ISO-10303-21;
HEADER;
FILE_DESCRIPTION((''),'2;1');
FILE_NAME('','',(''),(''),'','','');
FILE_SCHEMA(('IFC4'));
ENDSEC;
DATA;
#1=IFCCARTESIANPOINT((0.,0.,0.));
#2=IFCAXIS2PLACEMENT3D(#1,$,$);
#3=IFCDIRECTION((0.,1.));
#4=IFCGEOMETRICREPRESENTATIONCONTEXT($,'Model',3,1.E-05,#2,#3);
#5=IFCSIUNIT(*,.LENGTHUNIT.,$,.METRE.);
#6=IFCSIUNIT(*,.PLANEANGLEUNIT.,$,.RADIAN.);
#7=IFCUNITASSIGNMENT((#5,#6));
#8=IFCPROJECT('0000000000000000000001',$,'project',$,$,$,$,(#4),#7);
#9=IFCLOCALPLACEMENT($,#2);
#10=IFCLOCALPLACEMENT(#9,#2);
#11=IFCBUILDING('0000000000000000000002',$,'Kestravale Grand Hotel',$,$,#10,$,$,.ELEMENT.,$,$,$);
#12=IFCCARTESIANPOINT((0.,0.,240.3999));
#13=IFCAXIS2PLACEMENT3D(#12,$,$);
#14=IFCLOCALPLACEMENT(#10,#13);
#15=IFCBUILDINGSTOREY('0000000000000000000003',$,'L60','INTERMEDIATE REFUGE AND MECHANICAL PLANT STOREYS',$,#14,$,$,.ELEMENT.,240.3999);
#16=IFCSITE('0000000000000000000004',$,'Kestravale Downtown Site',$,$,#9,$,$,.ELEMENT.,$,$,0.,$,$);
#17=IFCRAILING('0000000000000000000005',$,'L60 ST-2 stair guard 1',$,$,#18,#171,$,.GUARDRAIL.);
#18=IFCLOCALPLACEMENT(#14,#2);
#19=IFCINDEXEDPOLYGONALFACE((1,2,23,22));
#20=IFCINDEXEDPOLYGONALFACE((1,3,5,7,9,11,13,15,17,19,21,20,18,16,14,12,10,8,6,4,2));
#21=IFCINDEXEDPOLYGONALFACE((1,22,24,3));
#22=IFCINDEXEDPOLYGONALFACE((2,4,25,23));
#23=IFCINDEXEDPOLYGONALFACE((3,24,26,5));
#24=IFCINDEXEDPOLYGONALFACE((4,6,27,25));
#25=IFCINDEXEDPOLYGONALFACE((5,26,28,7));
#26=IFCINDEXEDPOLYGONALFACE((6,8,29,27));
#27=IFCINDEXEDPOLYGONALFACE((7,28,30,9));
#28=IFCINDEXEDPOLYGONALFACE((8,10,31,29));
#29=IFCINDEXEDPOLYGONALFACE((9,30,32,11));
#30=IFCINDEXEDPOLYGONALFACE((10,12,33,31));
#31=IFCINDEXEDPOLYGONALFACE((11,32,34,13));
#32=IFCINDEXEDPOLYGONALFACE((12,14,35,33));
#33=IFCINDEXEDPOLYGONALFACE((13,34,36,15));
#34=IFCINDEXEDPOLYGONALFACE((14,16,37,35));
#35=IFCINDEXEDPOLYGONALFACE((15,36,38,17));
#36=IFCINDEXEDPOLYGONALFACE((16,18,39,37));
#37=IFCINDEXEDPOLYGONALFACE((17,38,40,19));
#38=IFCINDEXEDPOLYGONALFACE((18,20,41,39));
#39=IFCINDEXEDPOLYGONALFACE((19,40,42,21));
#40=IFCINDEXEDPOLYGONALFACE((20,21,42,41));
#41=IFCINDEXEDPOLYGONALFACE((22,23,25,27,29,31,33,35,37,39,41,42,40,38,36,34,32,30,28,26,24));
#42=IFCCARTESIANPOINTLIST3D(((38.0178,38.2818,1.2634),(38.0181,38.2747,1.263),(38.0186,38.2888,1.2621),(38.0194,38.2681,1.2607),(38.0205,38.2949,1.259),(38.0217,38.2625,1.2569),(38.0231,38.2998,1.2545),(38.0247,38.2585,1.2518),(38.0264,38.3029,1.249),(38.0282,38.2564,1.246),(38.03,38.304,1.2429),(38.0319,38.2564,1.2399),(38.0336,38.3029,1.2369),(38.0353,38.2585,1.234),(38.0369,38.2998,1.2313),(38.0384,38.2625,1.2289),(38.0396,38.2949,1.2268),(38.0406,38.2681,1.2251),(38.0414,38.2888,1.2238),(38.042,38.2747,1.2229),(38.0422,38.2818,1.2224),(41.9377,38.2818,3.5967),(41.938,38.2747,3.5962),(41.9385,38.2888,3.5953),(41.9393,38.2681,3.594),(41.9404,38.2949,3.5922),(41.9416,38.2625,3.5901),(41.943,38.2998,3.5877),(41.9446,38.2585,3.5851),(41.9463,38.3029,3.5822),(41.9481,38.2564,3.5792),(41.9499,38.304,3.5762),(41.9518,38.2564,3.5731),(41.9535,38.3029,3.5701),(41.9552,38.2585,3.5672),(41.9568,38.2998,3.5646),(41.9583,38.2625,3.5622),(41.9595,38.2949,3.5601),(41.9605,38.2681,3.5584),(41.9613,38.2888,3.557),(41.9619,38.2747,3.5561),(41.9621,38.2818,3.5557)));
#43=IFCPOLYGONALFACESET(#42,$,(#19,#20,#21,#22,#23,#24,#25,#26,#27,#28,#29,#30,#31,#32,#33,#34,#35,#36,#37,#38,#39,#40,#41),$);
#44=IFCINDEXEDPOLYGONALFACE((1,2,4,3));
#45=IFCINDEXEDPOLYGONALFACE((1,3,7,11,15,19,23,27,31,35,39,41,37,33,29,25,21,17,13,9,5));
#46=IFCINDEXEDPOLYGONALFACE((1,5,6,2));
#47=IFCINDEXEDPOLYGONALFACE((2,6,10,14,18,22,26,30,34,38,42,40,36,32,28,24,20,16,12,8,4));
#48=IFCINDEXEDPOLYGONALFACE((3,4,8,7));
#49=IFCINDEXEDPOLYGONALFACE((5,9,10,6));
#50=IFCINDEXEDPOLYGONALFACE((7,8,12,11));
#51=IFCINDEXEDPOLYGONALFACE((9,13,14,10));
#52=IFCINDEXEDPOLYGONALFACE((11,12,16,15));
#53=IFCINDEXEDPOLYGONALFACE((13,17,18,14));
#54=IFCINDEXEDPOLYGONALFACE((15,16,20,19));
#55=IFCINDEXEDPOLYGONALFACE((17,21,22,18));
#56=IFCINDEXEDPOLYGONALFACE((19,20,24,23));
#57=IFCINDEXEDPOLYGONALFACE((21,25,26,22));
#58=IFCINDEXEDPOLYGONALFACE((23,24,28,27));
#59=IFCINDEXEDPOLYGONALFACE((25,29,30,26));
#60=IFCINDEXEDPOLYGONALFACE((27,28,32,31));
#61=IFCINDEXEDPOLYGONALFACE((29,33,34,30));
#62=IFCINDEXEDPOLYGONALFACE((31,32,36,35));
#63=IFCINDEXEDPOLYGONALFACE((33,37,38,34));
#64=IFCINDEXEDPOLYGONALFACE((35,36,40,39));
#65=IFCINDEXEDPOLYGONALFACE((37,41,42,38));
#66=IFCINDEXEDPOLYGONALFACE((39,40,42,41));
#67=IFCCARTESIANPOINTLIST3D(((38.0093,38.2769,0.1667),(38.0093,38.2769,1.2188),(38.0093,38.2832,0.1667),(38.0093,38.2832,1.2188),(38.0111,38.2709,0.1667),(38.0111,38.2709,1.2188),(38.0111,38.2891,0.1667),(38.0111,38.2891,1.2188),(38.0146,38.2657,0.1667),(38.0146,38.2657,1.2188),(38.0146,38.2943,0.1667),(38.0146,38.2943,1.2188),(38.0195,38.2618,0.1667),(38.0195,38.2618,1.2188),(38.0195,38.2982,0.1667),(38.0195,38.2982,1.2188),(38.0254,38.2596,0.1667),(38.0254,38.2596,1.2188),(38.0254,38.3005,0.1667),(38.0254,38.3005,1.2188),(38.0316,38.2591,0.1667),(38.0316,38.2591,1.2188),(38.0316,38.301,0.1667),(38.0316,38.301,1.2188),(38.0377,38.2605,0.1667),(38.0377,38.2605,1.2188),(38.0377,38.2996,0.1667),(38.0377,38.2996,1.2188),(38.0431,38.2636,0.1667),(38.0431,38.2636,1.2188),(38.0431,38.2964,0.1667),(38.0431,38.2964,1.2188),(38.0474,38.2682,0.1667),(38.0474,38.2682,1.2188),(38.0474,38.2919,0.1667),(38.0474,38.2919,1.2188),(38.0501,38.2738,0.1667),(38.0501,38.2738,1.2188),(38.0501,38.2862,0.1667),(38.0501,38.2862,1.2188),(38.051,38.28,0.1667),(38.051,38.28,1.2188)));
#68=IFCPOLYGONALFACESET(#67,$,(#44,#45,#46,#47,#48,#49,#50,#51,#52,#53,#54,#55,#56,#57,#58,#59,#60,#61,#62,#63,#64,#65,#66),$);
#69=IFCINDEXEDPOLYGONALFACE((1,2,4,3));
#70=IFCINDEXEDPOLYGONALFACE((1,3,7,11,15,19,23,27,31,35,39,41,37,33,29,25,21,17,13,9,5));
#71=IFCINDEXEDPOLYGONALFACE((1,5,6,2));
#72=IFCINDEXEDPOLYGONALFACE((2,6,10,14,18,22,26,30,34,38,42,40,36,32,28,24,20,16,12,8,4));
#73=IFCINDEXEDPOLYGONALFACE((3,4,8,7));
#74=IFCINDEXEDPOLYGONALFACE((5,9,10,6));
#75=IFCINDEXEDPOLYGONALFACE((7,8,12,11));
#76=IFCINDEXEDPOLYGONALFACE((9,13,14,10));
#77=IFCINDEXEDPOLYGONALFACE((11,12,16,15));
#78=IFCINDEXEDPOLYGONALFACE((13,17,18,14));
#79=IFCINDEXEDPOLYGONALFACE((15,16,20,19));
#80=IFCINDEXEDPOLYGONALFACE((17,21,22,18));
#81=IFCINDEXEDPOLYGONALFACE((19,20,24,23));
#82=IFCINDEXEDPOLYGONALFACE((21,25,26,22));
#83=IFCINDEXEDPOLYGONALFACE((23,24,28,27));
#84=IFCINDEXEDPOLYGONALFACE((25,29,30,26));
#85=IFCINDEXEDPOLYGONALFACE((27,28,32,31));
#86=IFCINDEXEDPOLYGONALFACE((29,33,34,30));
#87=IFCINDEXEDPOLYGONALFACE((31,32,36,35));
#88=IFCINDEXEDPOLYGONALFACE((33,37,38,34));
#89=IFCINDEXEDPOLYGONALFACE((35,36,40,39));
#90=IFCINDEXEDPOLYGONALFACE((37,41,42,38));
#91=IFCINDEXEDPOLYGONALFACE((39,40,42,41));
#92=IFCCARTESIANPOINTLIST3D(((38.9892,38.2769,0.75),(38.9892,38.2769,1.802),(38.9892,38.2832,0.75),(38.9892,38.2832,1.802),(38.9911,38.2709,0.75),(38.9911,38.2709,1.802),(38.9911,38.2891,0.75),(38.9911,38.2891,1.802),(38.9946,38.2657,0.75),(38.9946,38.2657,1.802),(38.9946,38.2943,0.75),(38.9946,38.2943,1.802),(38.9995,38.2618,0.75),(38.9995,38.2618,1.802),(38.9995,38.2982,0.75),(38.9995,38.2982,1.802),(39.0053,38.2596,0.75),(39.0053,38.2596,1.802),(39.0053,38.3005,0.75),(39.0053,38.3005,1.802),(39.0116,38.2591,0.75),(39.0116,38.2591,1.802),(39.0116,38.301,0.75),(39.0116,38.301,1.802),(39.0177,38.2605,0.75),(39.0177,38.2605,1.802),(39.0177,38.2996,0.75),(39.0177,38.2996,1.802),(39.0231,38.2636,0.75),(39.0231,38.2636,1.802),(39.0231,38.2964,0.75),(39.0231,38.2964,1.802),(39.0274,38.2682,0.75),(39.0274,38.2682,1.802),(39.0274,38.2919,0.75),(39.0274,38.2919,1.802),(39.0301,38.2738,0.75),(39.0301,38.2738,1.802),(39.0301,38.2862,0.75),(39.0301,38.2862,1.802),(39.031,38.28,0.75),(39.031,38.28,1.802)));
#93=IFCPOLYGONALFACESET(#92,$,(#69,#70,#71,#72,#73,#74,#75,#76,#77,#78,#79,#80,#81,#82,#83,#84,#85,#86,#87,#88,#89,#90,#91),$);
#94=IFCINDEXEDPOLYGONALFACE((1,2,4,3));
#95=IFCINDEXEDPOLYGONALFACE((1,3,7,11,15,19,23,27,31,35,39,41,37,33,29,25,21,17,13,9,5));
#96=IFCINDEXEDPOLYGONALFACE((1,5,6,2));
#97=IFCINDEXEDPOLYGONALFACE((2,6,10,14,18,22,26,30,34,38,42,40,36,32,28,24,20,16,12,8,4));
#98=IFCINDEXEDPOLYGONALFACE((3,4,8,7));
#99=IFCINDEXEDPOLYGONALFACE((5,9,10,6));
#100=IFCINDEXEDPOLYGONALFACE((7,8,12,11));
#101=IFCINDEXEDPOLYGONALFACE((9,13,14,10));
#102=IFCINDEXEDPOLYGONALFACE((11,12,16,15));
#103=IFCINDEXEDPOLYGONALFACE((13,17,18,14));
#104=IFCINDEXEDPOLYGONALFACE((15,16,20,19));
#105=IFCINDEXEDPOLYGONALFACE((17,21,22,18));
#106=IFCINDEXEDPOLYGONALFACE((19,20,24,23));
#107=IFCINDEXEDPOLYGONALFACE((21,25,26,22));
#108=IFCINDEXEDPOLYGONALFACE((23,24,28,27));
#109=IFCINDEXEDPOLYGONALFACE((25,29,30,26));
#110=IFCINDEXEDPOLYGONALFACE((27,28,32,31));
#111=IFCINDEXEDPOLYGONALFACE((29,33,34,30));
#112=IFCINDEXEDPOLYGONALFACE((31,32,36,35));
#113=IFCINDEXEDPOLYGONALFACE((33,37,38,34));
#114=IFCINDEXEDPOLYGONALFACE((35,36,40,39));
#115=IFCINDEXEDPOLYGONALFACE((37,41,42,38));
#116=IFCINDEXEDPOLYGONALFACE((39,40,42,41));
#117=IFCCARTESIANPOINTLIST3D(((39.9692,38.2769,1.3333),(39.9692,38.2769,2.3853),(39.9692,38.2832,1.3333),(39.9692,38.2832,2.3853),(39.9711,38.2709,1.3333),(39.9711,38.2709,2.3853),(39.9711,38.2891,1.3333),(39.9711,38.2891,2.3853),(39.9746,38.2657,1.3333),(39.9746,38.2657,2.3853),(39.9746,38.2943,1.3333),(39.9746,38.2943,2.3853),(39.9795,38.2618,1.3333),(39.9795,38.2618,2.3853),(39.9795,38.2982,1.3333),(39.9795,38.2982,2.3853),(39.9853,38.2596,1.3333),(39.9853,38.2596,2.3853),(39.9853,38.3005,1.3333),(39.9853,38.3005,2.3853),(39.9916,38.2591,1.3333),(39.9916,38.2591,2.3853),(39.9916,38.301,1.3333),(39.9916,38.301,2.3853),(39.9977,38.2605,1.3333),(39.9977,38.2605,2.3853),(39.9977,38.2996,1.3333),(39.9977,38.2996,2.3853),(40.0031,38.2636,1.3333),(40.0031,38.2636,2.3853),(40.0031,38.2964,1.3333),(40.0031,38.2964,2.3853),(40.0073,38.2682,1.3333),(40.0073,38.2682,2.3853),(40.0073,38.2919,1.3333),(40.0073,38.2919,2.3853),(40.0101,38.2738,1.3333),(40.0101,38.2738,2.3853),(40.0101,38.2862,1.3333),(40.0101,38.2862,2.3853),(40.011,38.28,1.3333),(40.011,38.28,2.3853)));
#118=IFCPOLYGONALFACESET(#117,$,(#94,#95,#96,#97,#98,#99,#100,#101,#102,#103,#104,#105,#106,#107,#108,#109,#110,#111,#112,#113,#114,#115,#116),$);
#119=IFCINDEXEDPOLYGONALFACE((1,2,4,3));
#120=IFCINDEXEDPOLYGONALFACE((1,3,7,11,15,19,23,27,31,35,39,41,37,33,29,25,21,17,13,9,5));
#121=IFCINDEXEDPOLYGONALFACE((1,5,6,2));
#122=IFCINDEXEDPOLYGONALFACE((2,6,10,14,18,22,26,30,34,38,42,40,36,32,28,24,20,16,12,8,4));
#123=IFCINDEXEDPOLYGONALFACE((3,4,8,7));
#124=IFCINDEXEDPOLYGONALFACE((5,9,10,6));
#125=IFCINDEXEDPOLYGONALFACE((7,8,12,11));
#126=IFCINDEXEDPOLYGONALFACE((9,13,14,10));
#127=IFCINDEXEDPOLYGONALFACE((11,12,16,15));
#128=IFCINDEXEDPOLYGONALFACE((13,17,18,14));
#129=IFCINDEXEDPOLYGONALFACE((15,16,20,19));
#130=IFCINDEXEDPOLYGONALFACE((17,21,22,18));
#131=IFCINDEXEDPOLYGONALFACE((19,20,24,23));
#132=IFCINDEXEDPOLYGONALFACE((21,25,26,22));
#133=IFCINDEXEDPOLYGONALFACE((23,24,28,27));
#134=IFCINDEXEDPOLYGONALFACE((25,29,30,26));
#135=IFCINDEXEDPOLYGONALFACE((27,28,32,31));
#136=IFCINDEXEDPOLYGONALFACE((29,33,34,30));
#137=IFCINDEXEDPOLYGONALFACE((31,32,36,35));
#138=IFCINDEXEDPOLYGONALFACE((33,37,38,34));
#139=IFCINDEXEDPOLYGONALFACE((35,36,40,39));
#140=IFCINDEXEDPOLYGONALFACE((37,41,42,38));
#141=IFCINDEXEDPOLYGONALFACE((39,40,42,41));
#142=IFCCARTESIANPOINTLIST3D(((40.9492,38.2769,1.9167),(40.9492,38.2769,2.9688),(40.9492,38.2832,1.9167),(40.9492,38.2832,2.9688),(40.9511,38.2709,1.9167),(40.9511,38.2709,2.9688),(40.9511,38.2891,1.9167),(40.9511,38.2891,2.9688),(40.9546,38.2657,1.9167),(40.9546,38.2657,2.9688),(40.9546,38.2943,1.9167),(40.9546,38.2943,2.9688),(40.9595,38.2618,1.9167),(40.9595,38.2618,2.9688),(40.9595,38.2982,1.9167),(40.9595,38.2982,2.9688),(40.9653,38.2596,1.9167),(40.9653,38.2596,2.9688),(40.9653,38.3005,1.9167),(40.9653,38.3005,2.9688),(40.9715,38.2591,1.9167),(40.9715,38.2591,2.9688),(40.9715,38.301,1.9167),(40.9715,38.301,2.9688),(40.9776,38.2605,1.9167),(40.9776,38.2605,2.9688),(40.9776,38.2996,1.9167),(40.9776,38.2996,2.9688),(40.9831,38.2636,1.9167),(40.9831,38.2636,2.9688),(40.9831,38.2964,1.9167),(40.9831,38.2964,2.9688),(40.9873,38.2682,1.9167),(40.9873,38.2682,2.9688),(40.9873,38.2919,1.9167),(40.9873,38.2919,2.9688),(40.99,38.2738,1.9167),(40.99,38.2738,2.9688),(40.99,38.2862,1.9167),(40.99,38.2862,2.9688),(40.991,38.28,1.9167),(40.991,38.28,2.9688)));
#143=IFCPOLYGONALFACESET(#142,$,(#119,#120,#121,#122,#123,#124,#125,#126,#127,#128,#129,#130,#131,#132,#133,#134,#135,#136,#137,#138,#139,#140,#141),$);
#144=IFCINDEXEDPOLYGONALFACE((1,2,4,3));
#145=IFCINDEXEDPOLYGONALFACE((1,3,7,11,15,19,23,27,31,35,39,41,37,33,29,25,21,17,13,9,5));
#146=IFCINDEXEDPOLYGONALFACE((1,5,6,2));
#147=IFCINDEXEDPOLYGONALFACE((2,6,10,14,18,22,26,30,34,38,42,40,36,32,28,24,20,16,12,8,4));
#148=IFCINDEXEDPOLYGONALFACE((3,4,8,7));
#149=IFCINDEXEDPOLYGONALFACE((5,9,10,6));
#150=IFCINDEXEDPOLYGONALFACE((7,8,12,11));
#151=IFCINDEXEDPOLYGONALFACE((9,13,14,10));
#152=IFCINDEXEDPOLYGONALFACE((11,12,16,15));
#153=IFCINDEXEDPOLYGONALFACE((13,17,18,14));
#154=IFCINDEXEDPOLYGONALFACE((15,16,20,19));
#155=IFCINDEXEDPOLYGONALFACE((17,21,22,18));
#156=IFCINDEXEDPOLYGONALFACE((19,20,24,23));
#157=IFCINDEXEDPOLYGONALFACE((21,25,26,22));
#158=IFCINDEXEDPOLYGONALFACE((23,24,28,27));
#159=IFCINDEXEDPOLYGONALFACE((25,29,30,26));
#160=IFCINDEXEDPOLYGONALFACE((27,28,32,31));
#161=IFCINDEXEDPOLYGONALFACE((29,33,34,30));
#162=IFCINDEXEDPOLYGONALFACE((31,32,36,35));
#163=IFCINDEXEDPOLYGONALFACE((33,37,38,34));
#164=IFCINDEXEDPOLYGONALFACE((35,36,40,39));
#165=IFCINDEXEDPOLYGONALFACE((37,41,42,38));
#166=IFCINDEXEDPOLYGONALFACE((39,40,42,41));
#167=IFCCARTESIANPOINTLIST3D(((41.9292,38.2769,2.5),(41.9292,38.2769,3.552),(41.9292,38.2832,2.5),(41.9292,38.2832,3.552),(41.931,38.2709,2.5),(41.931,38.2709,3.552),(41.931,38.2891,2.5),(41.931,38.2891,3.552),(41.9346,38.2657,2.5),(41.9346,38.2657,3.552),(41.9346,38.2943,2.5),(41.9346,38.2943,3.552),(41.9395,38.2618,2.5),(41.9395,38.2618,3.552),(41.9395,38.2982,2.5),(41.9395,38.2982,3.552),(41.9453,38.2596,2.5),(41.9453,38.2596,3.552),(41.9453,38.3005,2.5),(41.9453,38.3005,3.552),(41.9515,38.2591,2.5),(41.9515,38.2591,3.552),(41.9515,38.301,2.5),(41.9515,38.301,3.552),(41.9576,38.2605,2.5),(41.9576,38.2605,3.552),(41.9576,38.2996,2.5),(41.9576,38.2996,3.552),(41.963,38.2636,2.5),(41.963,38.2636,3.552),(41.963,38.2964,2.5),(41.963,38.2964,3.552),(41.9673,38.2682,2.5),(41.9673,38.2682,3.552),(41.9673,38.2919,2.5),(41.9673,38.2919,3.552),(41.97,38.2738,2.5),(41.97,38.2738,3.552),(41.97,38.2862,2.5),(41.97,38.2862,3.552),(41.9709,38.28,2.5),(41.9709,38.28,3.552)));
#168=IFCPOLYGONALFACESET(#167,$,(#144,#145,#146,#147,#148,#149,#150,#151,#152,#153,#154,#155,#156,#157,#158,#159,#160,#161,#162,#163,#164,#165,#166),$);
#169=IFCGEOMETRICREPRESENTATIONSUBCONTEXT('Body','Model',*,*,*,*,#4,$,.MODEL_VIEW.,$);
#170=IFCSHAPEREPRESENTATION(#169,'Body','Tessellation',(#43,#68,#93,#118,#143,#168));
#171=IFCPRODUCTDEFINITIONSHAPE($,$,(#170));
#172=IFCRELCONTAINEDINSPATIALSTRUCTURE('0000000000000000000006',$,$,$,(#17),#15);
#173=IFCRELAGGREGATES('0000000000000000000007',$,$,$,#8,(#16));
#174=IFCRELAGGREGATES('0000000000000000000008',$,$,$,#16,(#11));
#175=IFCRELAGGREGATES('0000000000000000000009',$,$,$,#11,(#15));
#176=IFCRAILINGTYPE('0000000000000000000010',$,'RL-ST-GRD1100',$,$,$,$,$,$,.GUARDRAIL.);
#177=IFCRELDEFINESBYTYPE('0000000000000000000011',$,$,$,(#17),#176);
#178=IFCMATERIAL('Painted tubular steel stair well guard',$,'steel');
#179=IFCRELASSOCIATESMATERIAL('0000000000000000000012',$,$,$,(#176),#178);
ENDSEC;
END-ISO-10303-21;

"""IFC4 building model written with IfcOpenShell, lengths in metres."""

from ifc_helpers import new_model, si_unit, direction, frame, origin, origin_2d, place, context, subcontext, project, spatial, circle, extrude, material, type_object, element, save


model = new_model("IFC4")

# Units and contexts
model_context = context("Model", 3, precision=1e-05, world=origin(), true_north=direction((0.0, 1.0)))
body_context = subcontext(model_context, "Body", "Model", "MODEL_VIEW")
ifc_project = project(units=[si_unit("LENGTHUNIT", "METRE"), si_unit("PLANEANGLEUNIT", "RADIAN")], contexts=[model_context])

# Site, building, storey
site_placement = place(None, origin())
site = spatial("IfcSite", under=ifc_project, at=site_placement, Name="Kestravale Downtown Site", CompositionType="ELEMENT", RefElevation=0.0)
building_placement = place(site_placement, origin())
building = spatial("IfcBuilding", under=site, at=building_placement, Name="Kestravale Grand Hotel", CompositionType="ELEMENT")
storey_placement = place(building_placement, frame((0.0, 0.0, 240.3999)))
storey = spatial("IfcBuildingStorey", under=building, at=storey_placement, Name="L60", Description="INTERMEDIATE REFUGE AND MECHANICAL PLANT STOREYS", CompositionType="ELEMENT", Elevation=240.3999)

# Railing
ifc_material_1 = material(Name="Painted tubular steel stair well guard", Category="steel")
railing_type_1 = type_object("IfcRailingType", Name="RL-ST-GRD1100", PredefinedType="GUARDRAIL", material=ifc_material_1)
railing_1_placement = place(storey_placement, frame((38.03, 38.28, 0.1667)))
element("IfcRailing", 1, at=railing_1_placement, inside=storey, type_object=railing_type_1, Name="L60 ST-2 stair guard 1", PredefinedType="GUARDRAIL", context=body_context, shape_type="SweptSolid", body=[
    extrude(circle(Radius=0.0239, at=origin_2d()), frame((0.0, 0.0, 1.0762), z_axis=(0.859296, 0.0, 0.511478), x_axis=(0.0, 1.0, 0.0)), (0.0, 0.0, 1.0), 4.5618),
    extrude(circle(Radius=0.021, at=origin_2d()), origin(), (0.0, 0.0, 1.0), 1.052),
    extrude(circle(Radius=0.021, at=origin_2d()), frame((0.98, 0.0, 0.5833)), (0.0, 0.0, 1.0), 1.052),
    extrude(circle(Radius=0.021, at=origin_2d()), frame((1.96, 0.0, 1.1665)), (0.0, 0.0, 1.0), 1.052),
    extrude(circle(Radius=0.021, at=origin_2d()), frame((2.9399, 0.0, 1.75)), (0.0, 0.0, 1.0), 1.052),
    extrude(circle(Radius=0.021, at=origin_2d()), frame((3.9199, 0.0, 2.3333)), (0.0, 0.0, 1.0), 1.052),
])

save(model, "model.ifc")
